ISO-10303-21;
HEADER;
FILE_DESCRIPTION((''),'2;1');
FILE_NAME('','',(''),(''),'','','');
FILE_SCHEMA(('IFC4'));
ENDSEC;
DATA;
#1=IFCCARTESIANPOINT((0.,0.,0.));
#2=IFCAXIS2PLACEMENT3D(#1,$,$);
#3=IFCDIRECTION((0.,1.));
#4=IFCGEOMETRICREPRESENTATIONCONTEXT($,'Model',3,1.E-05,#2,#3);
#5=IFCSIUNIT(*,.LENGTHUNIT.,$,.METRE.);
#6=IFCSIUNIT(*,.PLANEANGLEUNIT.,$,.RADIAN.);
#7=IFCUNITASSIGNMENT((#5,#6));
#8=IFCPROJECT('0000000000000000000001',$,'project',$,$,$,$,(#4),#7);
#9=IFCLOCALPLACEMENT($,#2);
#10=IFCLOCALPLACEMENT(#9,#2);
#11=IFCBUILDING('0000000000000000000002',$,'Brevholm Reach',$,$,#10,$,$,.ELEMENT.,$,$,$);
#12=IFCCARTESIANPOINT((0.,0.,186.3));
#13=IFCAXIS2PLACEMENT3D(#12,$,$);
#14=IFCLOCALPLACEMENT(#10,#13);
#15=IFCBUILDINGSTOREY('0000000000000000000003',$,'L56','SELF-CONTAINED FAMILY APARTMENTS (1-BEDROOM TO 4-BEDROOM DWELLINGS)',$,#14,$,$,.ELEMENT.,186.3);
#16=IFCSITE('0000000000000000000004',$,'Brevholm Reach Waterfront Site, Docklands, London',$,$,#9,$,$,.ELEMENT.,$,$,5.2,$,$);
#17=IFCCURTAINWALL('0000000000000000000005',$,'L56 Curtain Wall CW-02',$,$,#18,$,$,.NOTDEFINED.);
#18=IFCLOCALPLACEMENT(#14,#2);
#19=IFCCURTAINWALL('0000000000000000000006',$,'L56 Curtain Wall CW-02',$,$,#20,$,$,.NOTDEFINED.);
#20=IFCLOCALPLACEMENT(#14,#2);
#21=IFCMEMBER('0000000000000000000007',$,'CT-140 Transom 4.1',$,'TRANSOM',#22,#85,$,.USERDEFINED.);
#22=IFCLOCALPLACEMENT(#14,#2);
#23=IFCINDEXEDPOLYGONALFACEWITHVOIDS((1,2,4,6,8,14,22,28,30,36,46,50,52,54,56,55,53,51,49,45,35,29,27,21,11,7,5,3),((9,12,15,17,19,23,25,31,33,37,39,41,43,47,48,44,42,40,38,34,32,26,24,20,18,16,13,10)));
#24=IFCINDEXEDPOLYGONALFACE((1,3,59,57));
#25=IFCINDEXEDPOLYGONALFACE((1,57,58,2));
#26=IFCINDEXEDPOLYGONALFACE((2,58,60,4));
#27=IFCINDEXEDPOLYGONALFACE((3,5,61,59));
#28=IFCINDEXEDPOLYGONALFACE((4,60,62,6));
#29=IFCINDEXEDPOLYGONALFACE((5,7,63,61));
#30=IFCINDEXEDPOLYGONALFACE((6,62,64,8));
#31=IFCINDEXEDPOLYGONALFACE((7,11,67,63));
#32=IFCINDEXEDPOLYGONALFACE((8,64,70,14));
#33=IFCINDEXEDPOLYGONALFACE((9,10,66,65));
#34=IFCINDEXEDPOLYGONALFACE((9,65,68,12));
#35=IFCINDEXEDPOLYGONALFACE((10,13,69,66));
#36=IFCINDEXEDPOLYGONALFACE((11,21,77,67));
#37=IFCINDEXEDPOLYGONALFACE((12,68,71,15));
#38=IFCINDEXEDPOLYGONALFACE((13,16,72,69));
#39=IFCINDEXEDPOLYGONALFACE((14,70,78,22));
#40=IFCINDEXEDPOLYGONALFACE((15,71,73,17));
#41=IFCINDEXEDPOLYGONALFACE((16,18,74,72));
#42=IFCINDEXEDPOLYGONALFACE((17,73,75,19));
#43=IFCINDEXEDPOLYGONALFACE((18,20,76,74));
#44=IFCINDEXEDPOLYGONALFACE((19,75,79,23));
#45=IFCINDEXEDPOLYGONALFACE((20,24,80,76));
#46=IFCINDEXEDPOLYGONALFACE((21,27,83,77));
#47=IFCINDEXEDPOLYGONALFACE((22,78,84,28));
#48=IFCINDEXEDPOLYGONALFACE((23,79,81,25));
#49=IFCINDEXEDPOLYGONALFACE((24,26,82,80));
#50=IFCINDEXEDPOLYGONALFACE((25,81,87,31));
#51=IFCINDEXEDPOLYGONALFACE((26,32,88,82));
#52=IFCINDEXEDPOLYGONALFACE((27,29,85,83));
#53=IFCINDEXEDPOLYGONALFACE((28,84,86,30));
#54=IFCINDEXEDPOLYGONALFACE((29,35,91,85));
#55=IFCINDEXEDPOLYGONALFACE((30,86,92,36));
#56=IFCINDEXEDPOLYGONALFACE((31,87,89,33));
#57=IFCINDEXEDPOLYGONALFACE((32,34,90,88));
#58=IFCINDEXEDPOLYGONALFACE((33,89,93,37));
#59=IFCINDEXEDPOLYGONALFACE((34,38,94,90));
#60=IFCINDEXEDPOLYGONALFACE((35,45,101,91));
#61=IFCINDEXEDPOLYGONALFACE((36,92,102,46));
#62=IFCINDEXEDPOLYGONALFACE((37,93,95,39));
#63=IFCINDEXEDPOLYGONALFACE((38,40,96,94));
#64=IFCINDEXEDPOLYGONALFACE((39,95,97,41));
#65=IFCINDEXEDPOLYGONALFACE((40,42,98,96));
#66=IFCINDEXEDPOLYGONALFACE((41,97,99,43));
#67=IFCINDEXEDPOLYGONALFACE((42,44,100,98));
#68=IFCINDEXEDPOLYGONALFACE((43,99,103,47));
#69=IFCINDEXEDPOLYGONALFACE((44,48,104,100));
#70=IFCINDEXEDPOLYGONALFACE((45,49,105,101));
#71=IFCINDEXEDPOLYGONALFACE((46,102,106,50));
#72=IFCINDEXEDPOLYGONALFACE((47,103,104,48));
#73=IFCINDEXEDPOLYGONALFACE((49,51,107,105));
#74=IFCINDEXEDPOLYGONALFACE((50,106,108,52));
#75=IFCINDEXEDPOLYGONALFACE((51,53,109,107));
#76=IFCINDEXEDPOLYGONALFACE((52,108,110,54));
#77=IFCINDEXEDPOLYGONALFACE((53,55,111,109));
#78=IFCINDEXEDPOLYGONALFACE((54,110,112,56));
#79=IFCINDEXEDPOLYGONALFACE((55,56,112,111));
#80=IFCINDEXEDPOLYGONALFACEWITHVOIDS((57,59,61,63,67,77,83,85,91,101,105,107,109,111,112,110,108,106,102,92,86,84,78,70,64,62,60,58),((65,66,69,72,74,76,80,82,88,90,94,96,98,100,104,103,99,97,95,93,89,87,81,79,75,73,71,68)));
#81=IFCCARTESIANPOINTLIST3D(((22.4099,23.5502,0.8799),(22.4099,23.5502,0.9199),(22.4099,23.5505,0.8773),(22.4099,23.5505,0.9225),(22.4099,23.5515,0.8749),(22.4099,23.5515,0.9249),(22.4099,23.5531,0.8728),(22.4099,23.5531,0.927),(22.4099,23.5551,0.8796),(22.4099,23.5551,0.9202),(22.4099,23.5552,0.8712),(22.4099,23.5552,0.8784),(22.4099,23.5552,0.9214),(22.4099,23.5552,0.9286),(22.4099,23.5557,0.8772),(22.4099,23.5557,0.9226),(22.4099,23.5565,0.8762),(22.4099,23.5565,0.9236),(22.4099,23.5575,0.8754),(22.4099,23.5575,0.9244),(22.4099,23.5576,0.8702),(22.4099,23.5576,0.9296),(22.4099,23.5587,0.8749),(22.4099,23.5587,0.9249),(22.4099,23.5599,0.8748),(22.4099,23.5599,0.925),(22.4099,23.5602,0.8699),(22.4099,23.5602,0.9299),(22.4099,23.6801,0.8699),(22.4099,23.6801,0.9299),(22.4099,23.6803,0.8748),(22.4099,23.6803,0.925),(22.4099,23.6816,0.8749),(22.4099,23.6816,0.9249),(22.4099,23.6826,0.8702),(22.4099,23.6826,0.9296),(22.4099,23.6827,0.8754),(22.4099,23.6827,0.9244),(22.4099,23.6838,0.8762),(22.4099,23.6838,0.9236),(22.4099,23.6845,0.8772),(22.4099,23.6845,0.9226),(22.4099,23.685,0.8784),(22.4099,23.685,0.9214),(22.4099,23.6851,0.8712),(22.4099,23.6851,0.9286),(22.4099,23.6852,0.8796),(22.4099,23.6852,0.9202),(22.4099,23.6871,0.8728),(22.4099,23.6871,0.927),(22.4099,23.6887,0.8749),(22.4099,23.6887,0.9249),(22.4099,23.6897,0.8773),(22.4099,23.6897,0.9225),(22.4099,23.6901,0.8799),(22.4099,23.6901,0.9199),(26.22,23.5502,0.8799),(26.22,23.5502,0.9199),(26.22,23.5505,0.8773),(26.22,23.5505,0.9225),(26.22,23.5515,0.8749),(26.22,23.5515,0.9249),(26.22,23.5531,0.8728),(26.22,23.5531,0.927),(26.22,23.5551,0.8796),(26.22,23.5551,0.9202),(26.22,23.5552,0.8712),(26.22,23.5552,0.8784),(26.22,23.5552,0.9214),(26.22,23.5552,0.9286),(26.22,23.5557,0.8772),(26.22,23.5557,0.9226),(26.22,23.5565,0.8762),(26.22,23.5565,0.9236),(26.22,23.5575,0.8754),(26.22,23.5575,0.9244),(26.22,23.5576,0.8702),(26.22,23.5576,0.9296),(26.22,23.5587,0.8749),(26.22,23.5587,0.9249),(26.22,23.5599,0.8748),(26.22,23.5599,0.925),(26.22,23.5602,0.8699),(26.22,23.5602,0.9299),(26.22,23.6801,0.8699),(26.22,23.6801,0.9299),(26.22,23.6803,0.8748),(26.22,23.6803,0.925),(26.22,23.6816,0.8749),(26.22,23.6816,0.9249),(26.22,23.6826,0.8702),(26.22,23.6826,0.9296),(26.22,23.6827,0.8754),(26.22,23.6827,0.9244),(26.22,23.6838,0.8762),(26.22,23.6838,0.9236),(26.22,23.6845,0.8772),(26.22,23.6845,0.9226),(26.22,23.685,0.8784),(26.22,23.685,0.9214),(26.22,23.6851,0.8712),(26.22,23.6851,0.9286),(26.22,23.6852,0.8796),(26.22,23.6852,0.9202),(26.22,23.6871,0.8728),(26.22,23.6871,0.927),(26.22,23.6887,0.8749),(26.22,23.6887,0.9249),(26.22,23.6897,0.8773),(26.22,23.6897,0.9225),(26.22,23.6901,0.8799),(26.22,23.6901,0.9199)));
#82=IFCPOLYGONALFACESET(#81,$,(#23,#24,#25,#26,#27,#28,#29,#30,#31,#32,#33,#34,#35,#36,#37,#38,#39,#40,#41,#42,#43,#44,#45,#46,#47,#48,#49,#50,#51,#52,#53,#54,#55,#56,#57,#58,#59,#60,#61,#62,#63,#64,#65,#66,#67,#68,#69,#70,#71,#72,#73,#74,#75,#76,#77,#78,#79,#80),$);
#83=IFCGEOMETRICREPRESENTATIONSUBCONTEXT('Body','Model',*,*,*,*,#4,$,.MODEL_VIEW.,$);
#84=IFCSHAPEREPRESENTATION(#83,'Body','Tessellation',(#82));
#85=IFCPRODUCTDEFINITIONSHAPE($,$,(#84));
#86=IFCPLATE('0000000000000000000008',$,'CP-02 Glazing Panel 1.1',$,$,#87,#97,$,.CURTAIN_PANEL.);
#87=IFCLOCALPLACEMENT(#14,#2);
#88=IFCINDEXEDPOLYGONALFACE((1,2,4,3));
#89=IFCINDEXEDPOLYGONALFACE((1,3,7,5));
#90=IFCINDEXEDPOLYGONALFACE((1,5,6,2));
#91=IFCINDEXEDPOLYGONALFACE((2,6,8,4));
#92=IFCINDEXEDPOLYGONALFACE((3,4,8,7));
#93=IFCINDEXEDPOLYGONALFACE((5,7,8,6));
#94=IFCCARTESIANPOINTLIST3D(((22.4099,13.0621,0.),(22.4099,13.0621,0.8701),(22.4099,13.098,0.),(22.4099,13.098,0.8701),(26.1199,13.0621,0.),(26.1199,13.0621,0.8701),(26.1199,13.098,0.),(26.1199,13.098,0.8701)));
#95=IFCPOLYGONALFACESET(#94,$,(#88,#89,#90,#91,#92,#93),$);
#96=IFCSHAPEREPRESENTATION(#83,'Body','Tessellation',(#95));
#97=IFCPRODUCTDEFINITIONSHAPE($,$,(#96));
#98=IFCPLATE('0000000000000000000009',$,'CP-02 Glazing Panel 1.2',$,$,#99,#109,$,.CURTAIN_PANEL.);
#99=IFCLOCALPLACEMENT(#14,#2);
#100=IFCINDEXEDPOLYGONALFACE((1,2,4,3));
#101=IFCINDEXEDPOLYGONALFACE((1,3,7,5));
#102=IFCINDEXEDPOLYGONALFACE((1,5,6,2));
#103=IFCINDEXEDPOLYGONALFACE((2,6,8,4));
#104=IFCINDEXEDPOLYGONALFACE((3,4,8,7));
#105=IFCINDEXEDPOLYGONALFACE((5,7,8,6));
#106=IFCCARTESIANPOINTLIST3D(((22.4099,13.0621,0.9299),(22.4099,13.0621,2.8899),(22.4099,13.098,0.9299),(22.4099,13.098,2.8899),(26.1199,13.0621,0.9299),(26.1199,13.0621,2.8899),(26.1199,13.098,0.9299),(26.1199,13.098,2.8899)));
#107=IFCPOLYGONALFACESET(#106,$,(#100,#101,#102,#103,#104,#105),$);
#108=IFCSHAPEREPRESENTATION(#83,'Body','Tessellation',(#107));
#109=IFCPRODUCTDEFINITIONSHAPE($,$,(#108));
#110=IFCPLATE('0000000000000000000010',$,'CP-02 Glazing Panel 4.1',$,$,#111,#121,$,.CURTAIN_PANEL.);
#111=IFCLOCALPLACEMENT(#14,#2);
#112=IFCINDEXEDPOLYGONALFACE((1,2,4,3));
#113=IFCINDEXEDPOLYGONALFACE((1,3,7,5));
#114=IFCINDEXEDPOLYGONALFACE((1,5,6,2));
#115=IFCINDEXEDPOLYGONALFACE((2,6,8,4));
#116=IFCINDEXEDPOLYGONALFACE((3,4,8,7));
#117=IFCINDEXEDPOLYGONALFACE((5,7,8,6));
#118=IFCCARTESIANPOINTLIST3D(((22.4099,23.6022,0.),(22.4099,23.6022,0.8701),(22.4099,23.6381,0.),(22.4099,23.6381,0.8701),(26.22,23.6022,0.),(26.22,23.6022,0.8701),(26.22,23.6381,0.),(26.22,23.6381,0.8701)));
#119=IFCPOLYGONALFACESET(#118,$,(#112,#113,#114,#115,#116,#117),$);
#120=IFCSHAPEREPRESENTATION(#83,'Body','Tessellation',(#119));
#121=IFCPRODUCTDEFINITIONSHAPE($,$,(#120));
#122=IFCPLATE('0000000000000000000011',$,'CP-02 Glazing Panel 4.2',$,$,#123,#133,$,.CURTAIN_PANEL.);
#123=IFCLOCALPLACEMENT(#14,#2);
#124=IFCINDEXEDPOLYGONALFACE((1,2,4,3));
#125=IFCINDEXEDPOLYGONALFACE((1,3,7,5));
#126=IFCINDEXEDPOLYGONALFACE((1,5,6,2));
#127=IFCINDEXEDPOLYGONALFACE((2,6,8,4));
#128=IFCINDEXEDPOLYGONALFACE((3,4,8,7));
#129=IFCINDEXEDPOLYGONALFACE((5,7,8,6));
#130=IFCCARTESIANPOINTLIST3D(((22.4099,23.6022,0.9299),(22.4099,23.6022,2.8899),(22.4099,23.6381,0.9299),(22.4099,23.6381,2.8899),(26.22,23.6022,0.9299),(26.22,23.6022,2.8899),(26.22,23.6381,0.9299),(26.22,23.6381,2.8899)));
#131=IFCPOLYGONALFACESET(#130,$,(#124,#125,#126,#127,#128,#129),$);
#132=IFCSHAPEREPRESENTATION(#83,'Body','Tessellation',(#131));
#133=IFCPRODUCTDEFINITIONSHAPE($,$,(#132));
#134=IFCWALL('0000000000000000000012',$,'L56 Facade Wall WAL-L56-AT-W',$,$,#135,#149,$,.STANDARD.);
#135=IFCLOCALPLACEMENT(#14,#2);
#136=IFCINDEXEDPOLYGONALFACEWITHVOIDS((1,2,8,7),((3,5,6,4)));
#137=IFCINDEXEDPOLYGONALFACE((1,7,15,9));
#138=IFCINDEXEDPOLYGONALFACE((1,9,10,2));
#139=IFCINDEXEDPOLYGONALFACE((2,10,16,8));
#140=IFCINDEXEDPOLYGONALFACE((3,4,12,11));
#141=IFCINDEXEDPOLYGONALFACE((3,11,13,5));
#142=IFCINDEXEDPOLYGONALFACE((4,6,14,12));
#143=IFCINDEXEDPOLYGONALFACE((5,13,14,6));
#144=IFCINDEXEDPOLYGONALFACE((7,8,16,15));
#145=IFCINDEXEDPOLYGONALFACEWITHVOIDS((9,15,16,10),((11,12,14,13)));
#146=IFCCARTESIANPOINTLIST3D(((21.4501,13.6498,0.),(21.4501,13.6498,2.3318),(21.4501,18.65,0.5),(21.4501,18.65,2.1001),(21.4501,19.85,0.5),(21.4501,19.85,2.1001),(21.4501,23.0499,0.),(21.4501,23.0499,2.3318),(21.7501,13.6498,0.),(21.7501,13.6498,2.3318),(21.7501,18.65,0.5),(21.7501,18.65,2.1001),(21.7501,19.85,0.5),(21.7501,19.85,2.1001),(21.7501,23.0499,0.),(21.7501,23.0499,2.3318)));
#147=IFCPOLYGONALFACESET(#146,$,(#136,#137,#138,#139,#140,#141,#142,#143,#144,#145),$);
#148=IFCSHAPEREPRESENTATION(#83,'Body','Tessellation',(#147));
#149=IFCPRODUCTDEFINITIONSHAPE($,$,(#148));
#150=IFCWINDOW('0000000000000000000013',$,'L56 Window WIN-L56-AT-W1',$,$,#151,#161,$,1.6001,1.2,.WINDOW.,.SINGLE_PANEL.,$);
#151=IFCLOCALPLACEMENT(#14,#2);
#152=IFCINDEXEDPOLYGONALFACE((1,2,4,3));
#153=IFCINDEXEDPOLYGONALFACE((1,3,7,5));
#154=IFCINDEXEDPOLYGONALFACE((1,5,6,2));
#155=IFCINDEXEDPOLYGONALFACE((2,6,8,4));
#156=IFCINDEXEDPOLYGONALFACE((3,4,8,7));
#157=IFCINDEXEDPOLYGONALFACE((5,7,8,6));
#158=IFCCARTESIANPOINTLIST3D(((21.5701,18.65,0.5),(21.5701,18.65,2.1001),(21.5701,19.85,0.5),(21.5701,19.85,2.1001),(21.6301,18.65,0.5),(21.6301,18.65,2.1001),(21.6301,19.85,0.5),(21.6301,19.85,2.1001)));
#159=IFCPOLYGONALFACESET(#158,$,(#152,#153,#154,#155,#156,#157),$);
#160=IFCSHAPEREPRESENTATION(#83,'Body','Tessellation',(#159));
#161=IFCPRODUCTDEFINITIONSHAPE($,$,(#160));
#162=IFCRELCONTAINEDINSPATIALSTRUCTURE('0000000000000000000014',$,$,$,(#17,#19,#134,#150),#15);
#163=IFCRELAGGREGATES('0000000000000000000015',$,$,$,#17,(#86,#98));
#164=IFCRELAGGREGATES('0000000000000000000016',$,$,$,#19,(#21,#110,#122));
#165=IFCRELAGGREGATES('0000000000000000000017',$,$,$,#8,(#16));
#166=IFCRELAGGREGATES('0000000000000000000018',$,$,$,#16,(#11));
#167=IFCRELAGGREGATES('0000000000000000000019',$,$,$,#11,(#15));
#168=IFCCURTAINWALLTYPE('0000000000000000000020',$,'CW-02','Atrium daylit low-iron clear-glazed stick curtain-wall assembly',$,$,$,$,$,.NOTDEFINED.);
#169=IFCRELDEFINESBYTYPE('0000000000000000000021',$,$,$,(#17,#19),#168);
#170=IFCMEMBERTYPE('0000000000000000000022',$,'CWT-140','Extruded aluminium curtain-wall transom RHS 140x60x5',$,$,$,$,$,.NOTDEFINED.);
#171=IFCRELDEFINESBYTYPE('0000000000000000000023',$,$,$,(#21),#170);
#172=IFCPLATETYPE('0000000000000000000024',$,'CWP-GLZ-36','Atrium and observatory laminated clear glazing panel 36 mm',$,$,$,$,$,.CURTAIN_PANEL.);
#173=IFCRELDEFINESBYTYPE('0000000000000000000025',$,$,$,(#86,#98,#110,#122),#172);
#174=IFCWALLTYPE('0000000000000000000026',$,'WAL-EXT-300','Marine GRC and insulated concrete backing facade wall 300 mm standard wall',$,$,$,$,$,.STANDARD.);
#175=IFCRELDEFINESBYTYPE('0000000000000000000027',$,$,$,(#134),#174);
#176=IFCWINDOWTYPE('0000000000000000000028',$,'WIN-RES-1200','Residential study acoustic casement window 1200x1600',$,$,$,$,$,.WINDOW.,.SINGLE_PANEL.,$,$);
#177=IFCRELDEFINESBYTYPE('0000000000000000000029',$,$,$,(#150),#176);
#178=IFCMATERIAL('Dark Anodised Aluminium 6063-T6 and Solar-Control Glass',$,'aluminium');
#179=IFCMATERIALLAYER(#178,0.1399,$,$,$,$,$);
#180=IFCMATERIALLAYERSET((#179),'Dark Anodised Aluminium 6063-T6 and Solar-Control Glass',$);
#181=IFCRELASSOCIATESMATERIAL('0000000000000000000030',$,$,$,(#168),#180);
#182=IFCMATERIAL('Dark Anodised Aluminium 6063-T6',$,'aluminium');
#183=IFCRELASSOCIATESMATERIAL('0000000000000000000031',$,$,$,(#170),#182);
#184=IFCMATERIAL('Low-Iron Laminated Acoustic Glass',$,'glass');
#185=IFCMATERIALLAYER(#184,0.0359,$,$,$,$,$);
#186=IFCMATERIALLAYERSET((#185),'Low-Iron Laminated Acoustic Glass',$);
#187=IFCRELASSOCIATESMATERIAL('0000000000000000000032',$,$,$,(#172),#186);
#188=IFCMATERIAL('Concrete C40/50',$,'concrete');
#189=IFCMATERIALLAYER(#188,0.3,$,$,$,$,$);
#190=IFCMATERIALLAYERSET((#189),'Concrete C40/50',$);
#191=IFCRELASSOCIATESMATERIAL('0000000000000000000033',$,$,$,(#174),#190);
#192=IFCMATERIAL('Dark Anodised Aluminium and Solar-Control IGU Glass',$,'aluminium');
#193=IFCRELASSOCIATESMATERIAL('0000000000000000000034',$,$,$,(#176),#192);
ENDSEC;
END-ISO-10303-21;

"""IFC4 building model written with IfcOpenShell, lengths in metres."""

from ifc_helpers import new_model, si_unit, direction, frame, frame_2d, origin, origin_2d, place, context, subcontext, project, spatial, rectangle, hollow_rectangle, extrude, material, layer, layer_set, material_profile, profile_set, type_object, element, fill, aggregate, save


model = new_model("IFC4")

# Units and contexts
model_context = context("Model", 3, precision=1e-05, world=origin(), true_north=direction((0.0, 1.0)))
body_context = subcontext(model_context, "Body", "Model", "MODEL_VIEW")
ifc_project = project(units=[si_unit("LENGTHUNIT", "METRE"), si_unit("PLANEANGLEUNIT", "RADIAN")], contexts=[model_context])

# Site, building, storey
site_placement = place(None, origin())
site = spatial("IfcSite", under=ifc_project, at=site_placement, Name="Brevholm Reach Waterfront Site, Docklands, London", CompositionType="ELEMENT", RefElevation=5.2)
building_placement = place(site_placement, origin())
building = spatial("IfcBuilding", under=site, at=building_placement, Name="Brevholm Reach", CompositionType="ELEMENT")
storey_placement = place(building_placement, frame((0.0, 0.0, 186.3)))
storey = spatial("IfcBuildingStorey", under=building, at=storey_placement, Name="L56", Description="SELF-CONTAINED FAMILY APARTMENTS (1-BEDROOM TO 4-BEDROOM DWELLINGS)", CompositionType="ELEMENT", Elevation=186.3)

# Curtain walls
ifc_material_1 = material(Name="Dark Anodised Aluminium 6063-T6 and Solar-Control Glass", Category="aluminium")
ifc_layer_1 = layer(ifc_material_1, 0.1399)
ifc_layer_set_1 = layer_set([ifc_layer_1], Name="Dark Anodised Aluminium 6063-T6 and Solar-Control Glass")
curtain_wall_type = type_object("IfcCurtainWallType", Name="CW-02", Description="Atrium daylit low-iron clear-glazed stick curtain-wall assembly", PredefinedType="NOTDEFINED", material=ifc_layer_set_1)
curtain_wall_1_placement = place(storey_placement, origin())
curtain_wall_1 = element("IfcCurtainWall", 1, at=curtain_wall_1_placement, inside=storey, type_object=curtain_wall_type, Name="L56 Curtain Wall CW-02", PredefinedType="NOTDEFINED")
curtain_wall_2_placement = place(storey_placement, origin())
curtain_wall_2 = element("IfcCurtainWall", 2, at=curtain_wall_2_placement, inside=storey, type_object=curtain_wall_type, Name="L56 Curtain Wall CW-02", PredefinedType="NOTDEFINED")

# Member
ifc_material_2 = material(Name="Dark Anodised Aluminium 6063-T6", Category="aluminium")
ifc_material_profile_1 = material_profile(ifc_material_2, hollow_rectangle(XDim=0.0601, YDim=0.1399, WallThickness=0.0049, InnerFilletRadius=0.0049, OuterFilletRadius=0.01, at=origin_2d()), Name="RHS 140x60x5")
ifc_profile_set_1 = profile_set([ifc_material_profile_1], Name="Dark Anodised Aluminium 6063-T6")
member_type_1 = type_object("IfcMemberType", Name="CWT-140", Description="Extruded aluminium curtain-wall transom RHS 140x60x5", PredefinedType="NOTDEFINED", material=ifc_profile_set_1)
member_1_placement = place(storey_placement, frame((26.22, 23.6201, 0.8999), z_axis=(-1.0, 0.0, 0.0), x_axis=(0.0, 0.0, 1.0)))
member_1 = element("IfcMember", 3, at=member_1_placement, type_object=member_type_1, Name="CT-140 Transom 4.1", ObjectType="TRANSOM", PredefinedType="USERDEFINED", context=body_context, shape_type="SweptSolid", body=[
    extrude(hollow_rectangle(XDim=0.0601, YDim=0.1399, WallThickness=0.0049, InnerFilletRadius=0.0049, OuterFilletRadius=0.01, at=origin_2d()), origin(), (0.0, 0.0, 1.0), 3.8101),
])

# Plates
ifc_material_3 = material(Name="Low-Iron Laminated Acoustic Glass", Category="glass")
ifc_layer_2 = layer(ifc_material_3, 0.0359)
ifc_layer_set_2 = layer_set([ifc_layer_2], Name="Low-Iron Laminated Acoustic Glass")
plate_type = type_object("IfcPlateType", Name="CWP-GLZ-36", Description="Atrium and observatory laminated clear glazing panel 36 mm", PredefinedType="CURTAIN_PANEL", material=ifc_layer_set_2)
plate_1_placement = place(storey_placement, frame((24.2649, 13.0801, 0.0), z_axis=(0.0, 0.0, 1.0), x_axis=(1.0, 0.0, 0.0)))
plate_1 = element("IfcPlate", 4, at=plate_1_placement, type_object=plate_type, Name="CP-02 Glazing Panel 1.1", PredefinedType="CURTAIN_PANEL", context=body_context, shape_type="SweptSolid", body=[
    extrude(rectangle(XDim=3.71, YDim=0.0359, at=origin_2d()), origin(), (0.0, 0.0, 1.0), 0.8701),
])
plate_2_placement = place(storey_placement, frame((24.2649, 13.0801, 0.9299), z_axis=(0.0, 0.0, 1.0), x_axis=(1.0, 0.0, 0.0)))
plate_2 = element("IfcPlate", 5, at=plate_2_placement, type_object=plate_type, Name="CP-02 Glazing Panel 1.2", PredefinedType="CURTAIN_PANEL", context=body_context, shape_type="SweptSolid", body=[
    extrude(rectangle(XDim=3.71, YDim=0.0359, at=origin_2d()), origin(), (0.0, 0.0, 1.0), 1.96),
])
aggregate(curtain_wall_1, [plate_1, plate_2])
plate_3_placement = place(storey_placement, frame((24.3149, 23.6201, 0.0), z_axis=(0.0, 0.0, 1.0), x_axis=(-1.0, 0.0, 0.0)))
plate_3 = element("IfcPlate", 6, at=plate_3_placement, type_object=plate_type, Name="CP-02 Glazing Panel 4.1", PredefinedType="CURTAIN_PANEL", context=body_context, shape_type="SweptSolid", body=[
    extrude(rectangle(XDim=3.8101, YDim=0.0359, at=origin_2d()), origin(), (0.0, 0.0, 1.0), 0.8701),
])
plate_4_placement = place(storey_placement, frame((24.3149, 23.6201, 0.9299), z_axis=(0.0, 0.0, 1.0), x_axis=(-1.0, 0.0, 0.0)))
plate_4 = element("IfcPlate", 7, at=plate_4_placement, type_object=plate_type, Name="CP-02 Glazing Panel 4.2", PredefinedType="CURTAIN_PANEL", context=body_context, shape_type="SweptSolid", body=[
    extrude(rectangle(XDim=3.8101, YDim=0.0359, at=origin_2d()), origin(), (0.0, 0.0, 1.0), 1.96),
])
aggregate(curtain_wall_2, [member_1, plate_3, plate_4])

# Wall, opening, window
ifc_material_4 = material(Name="Concrete C40/50", Category="concrete")
ifc_layer_3 = layer(ifc_material_4, 0.3)
ifc_layer_set_3 = layer_set([ifc_layer_3], Name="Concrete C40/50")
wall_type = type_object("IfcWallType", Name="WAL-EXT-300", Description="Marine GRC and insulated concrete backing facade wall 300 mm standard wall", PredefinedType="STANDARD", material=ifc_layer_set_3)
wall_placement = place(storey_placement, frame((21.6001, 23.05, 0.0), z_axis=(0.0, 0.0, 1.0), x_axis=(0.0, -1.0, 0.0)))
wall = element("IfcWall", 8, at=wall_placement, inside=storey, type_object=wall_type, Name="L56 Facade Wall WAL-L56-AT-W", PredefinedType="STANDARD", context=body_context, shape_type="SweptSolid", body=[
    extrude(rectangle(XDim=9.4001, YDim=0.3, at=frame_2d((4.7002, 0.0))), origin(), (0.0, 0.0, 1.0), 2.3318),
])
opening_placement = place(wall_placement, frame((3.2, 0.0, 0.5)))
opening = element("IfcOpeningElement", 9, at=opening_placement, cuts=wall, PredefinedType="OPENING", context=body_context, shape_type="SweptSolid", body=[
    extrude(rectangle(XDim=1.2, YDim=1.6001, at=frame_2d((0.6001, 0.8))), frame((0.0, 0.1599, 0.0), z_axis=(0.0, -1.0, 0.0), x_axis=(1.0, 0.0, 0.0)), (0.0, 0.0, 1.0), 0.3201),
])
ifc_material_5 = material(Name="Dark Anodised Aluminium and Solar-Control IGU Glass", Category="aluminium")
window_type = type_object("IfcWindowType", Name="WIN-RES-1200", Description="Residential study acoustic casement window 1200x1600", PartitioningType="SINGLE_PANEL", PredefinedType="WINDOW", material=ifc_material_5)
window_placement = place(opening_placement, origin())
window = element("IfcWindow", 10, at=window_placement, inside=storey, type_object=window_type, Name="L56 Window WIN-L56-AT-W1", OverallHeight=1.6001, OverallWidth=1.2, PartitioningType="SINGLE_PANEL", PredefinedType="WINDOW", context=body_context, shape_type="SweptSolid", body=[
    extrude(rectangle(XDim=1.2, YDim=1.6001, at=frame_2d((0.6001, 0.8))), frame((0.0, 0.03, 0.0), z_axis=(0.0, -1.0, 0.0), x_axis=(1.0, 0.0, 0.0)), (0.0, 0.0, 1.0), 0.0601),
])
fill(opening, window)

save(model, "model.ifc")
